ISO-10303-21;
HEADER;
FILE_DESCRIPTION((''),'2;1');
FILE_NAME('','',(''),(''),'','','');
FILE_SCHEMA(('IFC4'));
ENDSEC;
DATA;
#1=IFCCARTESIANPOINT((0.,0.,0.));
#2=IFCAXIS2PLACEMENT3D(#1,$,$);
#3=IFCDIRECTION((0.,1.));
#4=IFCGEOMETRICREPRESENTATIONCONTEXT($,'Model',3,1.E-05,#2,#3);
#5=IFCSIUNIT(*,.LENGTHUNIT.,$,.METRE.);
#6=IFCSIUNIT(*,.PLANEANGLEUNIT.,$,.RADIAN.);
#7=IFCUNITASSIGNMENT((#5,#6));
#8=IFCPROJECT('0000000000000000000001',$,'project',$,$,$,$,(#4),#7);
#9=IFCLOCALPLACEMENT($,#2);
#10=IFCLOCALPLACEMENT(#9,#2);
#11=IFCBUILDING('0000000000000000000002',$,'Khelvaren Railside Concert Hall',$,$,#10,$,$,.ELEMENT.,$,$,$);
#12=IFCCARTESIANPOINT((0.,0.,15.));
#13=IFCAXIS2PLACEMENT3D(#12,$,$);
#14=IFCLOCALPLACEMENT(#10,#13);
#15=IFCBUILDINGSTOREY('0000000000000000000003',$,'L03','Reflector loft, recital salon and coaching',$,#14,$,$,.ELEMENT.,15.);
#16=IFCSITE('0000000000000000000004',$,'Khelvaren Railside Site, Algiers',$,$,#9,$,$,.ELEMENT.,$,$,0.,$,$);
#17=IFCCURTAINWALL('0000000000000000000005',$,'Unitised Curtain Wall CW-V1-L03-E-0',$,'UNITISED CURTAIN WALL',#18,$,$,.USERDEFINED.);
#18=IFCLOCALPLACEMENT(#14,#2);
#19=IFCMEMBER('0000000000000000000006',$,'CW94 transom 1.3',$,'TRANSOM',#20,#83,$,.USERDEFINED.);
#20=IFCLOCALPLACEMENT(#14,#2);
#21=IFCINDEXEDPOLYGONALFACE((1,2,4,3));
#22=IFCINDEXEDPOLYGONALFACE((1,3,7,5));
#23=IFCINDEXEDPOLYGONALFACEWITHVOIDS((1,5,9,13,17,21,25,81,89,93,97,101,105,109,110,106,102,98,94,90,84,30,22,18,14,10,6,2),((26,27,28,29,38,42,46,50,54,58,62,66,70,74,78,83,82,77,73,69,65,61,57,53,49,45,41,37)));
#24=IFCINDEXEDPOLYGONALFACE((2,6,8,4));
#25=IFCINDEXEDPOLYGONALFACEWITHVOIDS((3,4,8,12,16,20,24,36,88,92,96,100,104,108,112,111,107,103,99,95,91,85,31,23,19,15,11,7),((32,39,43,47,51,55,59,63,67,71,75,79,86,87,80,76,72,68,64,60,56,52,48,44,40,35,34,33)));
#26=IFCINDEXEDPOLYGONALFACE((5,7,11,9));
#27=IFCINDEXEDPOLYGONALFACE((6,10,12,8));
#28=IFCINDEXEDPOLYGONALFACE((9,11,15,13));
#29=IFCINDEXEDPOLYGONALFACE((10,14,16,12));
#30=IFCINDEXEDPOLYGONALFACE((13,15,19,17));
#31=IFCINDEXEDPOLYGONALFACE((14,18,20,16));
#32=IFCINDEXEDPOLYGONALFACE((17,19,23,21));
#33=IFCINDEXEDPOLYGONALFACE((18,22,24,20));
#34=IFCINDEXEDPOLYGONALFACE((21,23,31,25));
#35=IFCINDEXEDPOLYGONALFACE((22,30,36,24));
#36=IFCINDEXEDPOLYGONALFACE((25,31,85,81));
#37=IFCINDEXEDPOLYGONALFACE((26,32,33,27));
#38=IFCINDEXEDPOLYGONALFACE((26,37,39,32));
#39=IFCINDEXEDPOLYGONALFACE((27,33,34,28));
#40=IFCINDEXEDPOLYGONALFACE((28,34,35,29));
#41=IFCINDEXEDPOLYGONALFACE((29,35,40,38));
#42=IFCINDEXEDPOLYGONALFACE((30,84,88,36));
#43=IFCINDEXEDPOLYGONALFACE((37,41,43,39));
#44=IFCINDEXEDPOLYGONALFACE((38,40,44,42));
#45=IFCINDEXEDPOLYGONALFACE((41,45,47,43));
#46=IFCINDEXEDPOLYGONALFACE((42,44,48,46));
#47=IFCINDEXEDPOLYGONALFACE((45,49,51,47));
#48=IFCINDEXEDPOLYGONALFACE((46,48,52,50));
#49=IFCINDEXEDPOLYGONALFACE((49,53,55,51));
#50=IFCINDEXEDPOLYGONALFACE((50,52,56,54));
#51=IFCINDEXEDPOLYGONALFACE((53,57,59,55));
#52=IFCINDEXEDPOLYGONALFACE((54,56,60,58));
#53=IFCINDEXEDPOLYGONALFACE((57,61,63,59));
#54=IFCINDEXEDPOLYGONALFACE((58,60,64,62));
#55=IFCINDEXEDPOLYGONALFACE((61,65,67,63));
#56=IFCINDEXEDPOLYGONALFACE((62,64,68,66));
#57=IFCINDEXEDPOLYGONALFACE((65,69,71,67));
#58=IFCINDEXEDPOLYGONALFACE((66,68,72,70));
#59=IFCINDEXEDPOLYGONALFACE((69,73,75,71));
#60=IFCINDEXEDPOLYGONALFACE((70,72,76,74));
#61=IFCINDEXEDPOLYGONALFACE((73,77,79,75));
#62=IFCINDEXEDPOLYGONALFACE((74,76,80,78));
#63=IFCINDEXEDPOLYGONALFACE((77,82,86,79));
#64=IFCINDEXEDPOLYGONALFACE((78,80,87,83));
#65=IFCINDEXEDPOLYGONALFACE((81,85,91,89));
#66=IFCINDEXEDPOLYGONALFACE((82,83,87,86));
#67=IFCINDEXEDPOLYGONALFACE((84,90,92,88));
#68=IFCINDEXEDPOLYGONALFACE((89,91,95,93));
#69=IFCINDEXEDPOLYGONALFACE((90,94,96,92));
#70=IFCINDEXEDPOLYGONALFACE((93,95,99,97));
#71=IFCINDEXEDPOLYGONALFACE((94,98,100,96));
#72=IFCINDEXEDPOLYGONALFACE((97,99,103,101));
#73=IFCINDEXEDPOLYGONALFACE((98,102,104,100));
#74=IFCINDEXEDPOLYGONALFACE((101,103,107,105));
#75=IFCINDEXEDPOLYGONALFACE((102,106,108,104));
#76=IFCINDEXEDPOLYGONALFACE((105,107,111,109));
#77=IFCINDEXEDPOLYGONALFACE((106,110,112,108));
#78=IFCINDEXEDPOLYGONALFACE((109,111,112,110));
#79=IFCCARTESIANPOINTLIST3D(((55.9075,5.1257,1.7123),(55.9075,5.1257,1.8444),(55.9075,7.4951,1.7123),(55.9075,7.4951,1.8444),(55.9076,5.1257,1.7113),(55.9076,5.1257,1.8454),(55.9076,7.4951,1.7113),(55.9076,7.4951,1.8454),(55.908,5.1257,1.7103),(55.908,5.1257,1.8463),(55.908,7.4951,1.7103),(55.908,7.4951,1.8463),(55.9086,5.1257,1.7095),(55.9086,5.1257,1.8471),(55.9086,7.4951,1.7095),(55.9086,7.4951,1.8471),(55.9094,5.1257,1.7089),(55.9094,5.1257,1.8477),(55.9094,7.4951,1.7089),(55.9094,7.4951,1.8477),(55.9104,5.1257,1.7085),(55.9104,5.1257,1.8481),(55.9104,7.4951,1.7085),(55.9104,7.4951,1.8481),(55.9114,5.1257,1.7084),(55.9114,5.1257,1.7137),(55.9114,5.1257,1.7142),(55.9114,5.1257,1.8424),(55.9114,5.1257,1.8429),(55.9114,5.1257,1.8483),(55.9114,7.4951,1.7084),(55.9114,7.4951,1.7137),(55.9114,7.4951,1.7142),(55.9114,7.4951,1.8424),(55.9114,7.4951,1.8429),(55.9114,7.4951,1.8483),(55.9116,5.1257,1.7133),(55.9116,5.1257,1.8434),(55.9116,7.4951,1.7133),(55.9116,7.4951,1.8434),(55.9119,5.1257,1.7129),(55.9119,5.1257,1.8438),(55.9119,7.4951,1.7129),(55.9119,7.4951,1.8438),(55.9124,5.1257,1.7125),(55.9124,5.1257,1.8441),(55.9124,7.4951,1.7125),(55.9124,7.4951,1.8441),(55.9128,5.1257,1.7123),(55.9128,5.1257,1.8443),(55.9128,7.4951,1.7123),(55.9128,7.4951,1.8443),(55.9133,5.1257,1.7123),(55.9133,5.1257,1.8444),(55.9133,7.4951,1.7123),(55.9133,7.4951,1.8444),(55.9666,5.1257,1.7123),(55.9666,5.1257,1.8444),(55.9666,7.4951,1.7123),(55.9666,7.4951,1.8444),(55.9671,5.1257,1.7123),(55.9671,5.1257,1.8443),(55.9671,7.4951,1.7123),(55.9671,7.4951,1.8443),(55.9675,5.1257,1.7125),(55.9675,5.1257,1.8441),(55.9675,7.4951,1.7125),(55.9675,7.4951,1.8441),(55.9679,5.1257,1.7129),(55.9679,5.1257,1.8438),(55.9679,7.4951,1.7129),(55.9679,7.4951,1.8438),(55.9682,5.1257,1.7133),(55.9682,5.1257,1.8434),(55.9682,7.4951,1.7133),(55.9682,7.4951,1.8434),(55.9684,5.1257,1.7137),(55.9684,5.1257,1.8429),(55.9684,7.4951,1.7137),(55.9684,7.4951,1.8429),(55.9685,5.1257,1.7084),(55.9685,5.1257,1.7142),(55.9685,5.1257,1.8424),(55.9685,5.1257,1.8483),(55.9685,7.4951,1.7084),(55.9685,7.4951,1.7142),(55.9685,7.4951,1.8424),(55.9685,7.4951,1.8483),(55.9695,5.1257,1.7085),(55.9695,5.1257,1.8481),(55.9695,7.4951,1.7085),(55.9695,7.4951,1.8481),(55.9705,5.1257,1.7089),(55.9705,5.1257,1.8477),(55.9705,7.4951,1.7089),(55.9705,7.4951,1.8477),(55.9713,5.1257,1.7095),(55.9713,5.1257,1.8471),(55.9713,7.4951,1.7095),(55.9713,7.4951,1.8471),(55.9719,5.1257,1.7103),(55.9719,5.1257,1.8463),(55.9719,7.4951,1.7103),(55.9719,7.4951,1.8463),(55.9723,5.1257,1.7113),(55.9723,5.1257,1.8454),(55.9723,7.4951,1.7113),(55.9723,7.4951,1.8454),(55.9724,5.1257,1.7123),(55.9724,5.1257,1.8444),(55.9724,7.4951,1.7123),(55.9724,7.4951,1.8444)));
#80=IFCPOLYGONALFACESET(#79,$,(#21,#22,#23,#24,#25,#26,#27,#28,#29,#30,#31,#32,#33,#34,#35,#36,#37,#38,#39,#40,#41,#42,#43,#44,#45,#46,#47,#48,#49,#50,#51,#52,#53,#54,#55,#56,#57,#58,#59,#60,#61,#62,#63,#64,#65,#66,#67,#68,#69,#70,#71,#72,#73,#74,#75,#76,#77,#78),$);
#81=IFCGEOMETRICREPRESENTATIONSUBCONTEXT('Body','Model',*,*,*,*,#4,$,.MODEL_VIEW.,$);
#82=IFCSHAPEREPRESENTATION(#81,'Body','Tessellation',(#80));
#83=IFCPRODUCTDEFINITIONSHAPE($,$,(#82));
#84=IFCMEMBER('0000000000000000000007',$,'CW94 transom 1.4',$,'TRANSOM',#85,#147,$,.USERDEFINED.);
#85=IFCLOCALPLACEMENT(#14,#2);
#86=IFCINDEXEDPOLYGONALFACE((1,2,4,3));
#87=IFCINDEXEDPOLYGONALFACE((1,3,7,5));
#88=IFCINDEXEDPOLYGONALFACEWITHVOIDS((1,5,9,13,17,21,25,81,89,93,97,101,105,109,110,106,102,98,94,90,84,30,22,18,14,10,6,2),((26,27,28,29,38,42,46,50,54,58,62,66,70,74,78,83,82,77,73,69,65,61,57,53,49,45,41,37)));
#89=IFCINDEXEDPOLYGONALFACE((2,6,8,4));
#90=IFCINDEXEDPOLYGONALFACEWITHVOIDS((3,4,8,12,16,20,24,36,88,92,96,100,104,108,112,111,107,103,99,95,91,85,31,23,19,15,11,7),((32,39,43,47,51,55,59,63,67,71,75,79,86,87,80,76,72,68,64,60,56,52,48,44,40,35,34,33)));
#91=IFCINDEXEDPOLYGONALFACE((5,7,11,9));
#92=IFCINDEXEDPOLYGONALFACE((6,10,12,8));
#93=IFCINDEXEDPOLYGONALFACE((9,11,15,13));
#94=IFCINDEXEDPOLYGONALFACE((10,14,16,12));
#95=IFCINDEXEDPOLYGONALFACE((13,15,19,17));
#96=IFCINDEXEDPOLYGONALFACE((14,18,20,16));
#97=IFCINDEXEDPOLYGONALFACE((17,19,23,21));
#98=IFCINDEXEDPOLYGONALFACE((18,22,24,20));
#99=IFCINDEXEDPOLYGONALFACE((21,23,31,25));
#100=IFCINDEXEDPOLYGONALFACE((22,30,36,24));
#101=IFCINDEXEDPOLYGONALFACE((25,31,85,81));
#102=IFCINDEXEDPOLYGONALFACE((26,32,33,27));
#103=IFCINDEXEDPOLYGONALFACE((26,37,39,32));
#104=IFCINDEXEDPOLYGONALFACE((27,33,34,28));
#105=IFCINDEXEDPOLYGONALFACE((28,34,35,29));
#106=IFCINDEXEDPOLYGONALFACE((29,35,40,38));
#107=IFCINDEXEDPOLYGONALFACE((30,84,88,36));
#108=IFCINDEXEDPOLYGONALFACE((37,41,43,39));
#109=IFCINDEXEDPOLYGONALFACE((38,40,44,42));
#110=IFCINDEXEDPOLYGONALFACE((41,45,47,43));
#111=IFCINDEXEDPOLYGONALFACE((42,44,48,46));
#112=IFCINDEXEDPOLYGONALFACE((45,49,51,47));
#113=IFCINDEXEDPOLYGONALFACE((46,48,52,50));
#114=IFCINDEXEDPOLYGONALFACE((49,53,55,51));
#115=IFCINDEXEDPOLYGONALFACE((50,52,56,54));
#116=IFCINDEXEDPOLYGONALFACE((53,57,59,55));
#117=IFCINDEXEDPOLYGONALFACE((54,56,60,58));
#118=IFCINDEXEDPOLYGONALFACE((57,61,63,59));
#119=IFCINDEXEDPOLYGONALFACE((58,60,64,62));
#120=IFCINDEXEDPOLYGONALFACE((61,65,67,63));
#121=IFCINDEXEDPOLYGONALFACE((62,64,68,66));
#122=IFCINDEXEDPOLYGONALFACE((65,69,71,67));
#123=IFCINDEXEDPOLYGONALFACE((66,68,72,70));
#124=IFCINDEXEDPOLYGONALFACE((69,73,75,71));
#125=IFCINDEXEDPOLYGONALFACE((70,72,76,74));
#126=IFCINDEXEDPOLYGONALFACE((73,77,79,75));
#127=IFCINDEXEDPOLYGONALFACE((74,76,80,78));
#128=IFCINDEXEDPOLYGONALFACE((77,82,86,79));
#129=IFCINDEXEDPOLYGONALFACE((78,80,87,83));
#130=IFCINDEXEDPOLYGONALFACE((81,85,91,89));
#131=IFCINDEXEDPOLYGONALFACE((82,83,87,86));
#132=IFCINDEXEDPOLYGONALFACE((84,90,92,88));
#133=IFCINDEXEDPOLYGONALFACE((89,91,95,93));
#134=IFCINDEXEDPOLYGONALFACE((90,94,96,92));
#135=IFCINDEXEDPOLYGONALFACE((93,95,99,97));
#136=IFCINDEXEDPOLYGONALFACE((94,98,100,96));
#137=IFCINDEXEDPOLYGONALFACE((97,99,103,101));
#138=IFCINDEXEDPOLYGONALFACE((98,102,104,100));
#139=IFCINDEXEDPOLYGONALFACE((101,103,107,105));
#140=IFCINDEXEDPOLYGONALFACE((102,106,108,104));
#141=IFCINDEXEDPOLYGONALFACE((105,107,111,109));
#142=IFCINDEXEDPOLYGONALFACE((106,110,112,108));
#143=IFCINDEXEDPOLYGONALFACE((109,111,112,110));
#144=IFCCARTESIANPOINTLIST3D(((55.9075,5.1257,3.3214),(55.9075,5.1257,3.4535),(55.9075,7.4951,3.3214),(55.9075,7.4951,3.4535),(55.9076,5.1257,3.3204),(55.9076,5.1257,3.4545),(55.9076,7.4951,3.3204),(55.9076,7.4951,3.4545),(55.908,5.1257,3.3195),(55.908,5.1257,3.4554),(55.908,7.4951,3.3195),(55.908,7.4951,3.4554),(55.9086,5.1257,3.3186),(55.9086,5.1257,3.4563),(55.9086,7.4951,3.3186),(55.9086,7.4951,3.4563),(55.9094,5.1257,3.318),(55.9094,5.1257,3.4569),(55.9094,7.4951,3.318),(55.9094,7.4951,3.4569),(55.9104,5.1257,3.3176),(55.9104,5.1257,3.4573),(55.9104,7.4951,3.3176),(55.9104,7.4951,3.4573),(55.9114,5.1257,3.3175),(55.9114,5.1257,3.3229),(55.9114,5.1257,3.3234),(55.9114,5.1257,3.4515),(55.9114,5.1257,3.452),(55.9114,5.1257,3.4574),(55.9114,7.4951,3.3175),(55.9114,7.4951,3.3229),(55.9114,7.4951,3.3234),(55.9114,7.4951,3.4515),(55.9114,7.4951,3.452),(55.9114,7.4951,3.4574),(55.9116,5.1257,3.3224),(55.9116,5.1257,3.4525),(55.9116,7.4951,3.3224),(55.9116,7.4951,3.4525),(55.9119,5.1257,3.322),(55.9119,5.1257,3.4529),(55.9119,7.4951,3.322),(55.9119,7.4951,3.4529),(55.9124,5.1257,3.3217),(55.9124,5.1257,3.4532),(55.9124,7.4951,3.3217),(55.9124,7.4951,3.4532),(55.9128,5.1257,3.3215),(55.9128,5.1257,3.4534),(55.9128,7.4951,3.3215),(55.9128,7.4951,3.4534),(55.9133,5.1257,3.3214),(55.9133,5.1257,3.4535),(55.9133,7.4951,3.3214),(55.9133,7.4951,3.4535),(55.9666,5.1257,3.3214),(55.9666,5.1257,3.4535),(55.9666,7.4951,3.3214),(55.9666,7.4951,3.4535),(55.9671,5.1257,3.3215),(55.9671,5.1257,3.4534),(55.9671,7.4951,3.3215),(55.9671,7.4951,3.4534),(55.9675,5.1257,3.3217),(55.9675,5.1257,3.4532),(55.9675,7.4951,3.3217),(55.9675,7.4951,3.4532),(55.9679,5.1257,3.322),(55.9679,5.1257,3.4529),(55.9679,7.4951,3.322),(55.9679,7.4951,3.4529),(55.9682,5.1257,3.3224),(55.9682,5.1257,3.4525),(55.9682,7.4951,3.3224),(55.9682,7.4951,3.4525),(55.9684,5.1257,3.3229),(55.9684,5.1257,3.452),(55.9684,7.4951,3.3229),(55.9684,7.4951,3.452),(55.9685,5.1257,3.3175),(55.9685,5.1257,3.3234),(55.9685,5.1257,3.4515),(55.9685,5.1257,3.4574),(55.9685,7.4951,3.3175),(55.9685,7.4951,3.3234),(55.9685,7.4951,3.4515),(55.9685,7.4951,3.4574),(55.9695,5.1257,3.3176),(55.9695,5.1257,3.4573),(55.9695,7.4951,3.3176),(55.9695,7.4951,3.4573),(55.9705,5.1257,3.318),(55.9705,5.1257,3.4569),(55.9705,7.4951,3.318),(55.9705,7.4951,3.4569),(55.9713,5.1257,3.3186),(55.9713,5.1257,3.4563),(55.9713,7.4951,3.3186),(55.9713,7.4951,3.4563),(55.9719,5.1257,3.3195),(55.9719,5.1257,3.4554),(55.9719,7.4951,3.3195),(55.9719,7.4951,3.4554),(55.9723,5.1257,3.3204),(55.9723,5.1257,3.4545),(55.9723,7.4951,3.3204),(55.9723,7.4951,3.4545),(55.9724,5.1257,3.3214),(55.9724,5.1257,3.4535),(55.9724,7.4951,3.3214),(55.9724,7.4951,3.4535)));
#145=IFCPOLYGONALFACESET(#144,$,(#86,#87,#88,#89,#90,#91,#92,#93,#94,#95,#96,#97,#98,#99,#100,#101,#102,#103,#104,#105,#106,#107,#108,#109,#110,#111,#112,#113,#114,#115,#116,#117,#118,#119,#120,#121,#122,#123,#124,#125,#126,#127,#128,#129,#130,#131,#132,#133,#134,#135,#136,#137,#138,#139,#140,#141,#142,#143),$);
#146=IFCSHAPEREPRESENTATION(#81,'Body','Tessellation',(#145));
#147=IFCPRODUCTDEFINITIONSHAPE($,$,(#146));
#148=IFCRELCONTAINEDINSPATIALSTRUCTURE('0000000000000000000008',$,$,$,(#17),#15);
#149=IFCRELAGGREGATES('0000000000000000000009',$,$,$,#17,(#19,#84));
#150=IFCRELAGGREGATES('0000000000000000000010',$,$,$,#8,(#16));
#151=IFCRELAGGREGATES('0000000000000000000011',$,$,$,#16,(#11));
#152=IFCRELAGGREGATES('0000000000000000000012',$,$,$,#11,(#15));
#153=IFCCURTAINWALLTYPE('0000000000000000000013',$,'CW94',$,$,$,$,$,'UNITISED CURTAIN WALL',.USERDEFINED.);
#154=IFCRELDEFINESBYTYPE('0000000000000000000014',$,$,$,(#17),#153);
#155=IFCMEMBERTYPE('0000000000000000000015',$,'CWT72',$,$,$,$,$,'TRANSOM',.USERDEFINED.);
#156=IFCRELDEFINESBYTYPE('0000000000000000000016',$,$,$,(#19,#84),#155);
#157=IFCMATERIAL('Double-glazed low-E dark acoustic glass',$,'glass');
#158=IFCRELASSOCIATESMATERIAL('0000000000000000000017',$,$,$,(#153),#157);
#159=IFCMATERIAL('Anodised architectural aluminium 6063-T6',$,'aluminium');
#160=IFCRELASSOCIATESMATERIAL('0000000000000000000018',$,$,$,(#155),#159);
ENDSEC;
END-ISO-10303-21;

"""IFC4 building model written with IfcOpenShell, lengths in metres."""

from ifc_helpers import new_model, si_unit, direction, frame, origin, origin_2d, place, context, subcontext, project, spatial, hollow_rectangle, extrude, material, material_profile, profile_set, type_object, element, aggregate, save


model = new_model("IFC4")

# Units and contexts
model_context = context("Model", 3, precision=1e-05, world=origin(), true_north=direction((0.0, 1.0)))
body_context = subcontext(model_context, "Body", "Model", "MODEL_VIEW")
ifc_project = project(units=[si_unit("LENGTHUNIT", "METRE"), si_unit("PLANEANGLEUNIT", "RADIAN")], contexts=[model_context])

# Site, building, storey
site_placement = place(None, origin())
site = spatial("IfcSite", under=ifc_project, at=site_placement, Name="Khelvaren Railside Site, Algiers", CompositionType="ELEMENT", RefElevation=0.0)
building_placement = place(site_placement, origin())
building = spatial("IfcBuilding", under=site, at=building_placement, Name="Khelvaren Railside Concert Hall", CompositionType="ELEMENT")
storey_placement = place(building_placement, frame((0.0, 0.0, 15.0)))
storey = spatial("IfcBuildingStorey", under=building, at=storey_placement, Name="L03", Description="Reflector loft, recital salon and coaching", CompositionType="ELEMENT", Elevation=15.0)

# Curtain wall
ifc_material_1 = material(Name="Double-glazed low-E dark acoustic glass", Category="glass")
curtain_wall_type_1 = type_object("IfcCurtainWallType", Name="CW94", ElementType="UNITISED CURTAIN WALL", PredefinedType="USERDEFINED", material=ifc_material_1)
curtain_wall_1_placement = place(storey_placement, origin())
curtain_wall_1 = element("IfcCurtainWall", 1, at=curtain_wall_1_placement, inside=storey, type_object=curtain_wall_type_1, Name="Unitised Curtain Wall CW-V1-L03-E-0", ObjectType="UNITISED CURTAIN WALL", PredefinedType="USERDEFINED")
ifc_material_2 = material(Name="Anodised architectural aluminium 6063-T6", Category="aluminium")

# Members
ifc_material_profile_1 = material_profile(ifc_material_2, hollow_rectangle(XDim=0.0649, YDim=0.1399, WallThickness=0.0039, InnerFilletRadius=0.002, OuterFilletRadius=0.0039, at=origin_2d()), Name="CWT 65x140x4")
ifc_profile_set_1 = profile_set([ifc_material_profile_1], Name="Anodised architectural aluminium 6063-T6")
member_type_1 = type_object("IfcMemberType", Name="CWT72", ElementType="TRANSOM", PredefinedType="USERDEFINED", material=ifc_profile_set_1)
member_1_placement = place(storey_placement, frame((55.9399, 7.4951, 1.7783), z_axis=(0.0, -1.0, 0.0), x_axis=(1.0, 0.0, 0.0)))
member_1 = element("IfcMember", 2, at=member_1_placement, type_object=member_type_1, Name="CW94 transom 1.3", ObjectType="TRANSOM", PredefinedType="USERDEFINED", context=body_context, shape_type="SweptSolid", body=[
    extrude(hollow_rectangle(XDim=0.0649, YDim=0.1399, WallThickness=0.0039, InnerFilletRadius=0.002, OuterFilletRadius=0.0039, at=origin_2d()), origin(), (0.0, 0.0, 1.0), 2.3694),
])
member_2_placement = place(storey_placement, frame((55.9399, 7.4951, 3.3875), z_axis=(0.0, -1.0, 0.0), x_axis=(1.0, 0.0, 0.0)))
member_2 = element("IfcMember", 3, at=member_2_placement, type_object=member_type_1, Name="CW94 transom 1.4", ObjectType="TRANSOM", PredefinedType="USERDEFINED", context=body_context, shape_type="SweptSolid", body=[
    extrude(hollow_rectangle(XDim=0.0649, YDim=0.1399, WallThickness=0.0039, InnerFilletRadius=0.002, OuterFilletRadius=0.0039, at=origin_2d()), origin(), (0.0, 0.0, 1.0), 2.3694),
])

aggregate(curtain_wall_1, [member_1, member_2])

save(model, "model.ifc")
